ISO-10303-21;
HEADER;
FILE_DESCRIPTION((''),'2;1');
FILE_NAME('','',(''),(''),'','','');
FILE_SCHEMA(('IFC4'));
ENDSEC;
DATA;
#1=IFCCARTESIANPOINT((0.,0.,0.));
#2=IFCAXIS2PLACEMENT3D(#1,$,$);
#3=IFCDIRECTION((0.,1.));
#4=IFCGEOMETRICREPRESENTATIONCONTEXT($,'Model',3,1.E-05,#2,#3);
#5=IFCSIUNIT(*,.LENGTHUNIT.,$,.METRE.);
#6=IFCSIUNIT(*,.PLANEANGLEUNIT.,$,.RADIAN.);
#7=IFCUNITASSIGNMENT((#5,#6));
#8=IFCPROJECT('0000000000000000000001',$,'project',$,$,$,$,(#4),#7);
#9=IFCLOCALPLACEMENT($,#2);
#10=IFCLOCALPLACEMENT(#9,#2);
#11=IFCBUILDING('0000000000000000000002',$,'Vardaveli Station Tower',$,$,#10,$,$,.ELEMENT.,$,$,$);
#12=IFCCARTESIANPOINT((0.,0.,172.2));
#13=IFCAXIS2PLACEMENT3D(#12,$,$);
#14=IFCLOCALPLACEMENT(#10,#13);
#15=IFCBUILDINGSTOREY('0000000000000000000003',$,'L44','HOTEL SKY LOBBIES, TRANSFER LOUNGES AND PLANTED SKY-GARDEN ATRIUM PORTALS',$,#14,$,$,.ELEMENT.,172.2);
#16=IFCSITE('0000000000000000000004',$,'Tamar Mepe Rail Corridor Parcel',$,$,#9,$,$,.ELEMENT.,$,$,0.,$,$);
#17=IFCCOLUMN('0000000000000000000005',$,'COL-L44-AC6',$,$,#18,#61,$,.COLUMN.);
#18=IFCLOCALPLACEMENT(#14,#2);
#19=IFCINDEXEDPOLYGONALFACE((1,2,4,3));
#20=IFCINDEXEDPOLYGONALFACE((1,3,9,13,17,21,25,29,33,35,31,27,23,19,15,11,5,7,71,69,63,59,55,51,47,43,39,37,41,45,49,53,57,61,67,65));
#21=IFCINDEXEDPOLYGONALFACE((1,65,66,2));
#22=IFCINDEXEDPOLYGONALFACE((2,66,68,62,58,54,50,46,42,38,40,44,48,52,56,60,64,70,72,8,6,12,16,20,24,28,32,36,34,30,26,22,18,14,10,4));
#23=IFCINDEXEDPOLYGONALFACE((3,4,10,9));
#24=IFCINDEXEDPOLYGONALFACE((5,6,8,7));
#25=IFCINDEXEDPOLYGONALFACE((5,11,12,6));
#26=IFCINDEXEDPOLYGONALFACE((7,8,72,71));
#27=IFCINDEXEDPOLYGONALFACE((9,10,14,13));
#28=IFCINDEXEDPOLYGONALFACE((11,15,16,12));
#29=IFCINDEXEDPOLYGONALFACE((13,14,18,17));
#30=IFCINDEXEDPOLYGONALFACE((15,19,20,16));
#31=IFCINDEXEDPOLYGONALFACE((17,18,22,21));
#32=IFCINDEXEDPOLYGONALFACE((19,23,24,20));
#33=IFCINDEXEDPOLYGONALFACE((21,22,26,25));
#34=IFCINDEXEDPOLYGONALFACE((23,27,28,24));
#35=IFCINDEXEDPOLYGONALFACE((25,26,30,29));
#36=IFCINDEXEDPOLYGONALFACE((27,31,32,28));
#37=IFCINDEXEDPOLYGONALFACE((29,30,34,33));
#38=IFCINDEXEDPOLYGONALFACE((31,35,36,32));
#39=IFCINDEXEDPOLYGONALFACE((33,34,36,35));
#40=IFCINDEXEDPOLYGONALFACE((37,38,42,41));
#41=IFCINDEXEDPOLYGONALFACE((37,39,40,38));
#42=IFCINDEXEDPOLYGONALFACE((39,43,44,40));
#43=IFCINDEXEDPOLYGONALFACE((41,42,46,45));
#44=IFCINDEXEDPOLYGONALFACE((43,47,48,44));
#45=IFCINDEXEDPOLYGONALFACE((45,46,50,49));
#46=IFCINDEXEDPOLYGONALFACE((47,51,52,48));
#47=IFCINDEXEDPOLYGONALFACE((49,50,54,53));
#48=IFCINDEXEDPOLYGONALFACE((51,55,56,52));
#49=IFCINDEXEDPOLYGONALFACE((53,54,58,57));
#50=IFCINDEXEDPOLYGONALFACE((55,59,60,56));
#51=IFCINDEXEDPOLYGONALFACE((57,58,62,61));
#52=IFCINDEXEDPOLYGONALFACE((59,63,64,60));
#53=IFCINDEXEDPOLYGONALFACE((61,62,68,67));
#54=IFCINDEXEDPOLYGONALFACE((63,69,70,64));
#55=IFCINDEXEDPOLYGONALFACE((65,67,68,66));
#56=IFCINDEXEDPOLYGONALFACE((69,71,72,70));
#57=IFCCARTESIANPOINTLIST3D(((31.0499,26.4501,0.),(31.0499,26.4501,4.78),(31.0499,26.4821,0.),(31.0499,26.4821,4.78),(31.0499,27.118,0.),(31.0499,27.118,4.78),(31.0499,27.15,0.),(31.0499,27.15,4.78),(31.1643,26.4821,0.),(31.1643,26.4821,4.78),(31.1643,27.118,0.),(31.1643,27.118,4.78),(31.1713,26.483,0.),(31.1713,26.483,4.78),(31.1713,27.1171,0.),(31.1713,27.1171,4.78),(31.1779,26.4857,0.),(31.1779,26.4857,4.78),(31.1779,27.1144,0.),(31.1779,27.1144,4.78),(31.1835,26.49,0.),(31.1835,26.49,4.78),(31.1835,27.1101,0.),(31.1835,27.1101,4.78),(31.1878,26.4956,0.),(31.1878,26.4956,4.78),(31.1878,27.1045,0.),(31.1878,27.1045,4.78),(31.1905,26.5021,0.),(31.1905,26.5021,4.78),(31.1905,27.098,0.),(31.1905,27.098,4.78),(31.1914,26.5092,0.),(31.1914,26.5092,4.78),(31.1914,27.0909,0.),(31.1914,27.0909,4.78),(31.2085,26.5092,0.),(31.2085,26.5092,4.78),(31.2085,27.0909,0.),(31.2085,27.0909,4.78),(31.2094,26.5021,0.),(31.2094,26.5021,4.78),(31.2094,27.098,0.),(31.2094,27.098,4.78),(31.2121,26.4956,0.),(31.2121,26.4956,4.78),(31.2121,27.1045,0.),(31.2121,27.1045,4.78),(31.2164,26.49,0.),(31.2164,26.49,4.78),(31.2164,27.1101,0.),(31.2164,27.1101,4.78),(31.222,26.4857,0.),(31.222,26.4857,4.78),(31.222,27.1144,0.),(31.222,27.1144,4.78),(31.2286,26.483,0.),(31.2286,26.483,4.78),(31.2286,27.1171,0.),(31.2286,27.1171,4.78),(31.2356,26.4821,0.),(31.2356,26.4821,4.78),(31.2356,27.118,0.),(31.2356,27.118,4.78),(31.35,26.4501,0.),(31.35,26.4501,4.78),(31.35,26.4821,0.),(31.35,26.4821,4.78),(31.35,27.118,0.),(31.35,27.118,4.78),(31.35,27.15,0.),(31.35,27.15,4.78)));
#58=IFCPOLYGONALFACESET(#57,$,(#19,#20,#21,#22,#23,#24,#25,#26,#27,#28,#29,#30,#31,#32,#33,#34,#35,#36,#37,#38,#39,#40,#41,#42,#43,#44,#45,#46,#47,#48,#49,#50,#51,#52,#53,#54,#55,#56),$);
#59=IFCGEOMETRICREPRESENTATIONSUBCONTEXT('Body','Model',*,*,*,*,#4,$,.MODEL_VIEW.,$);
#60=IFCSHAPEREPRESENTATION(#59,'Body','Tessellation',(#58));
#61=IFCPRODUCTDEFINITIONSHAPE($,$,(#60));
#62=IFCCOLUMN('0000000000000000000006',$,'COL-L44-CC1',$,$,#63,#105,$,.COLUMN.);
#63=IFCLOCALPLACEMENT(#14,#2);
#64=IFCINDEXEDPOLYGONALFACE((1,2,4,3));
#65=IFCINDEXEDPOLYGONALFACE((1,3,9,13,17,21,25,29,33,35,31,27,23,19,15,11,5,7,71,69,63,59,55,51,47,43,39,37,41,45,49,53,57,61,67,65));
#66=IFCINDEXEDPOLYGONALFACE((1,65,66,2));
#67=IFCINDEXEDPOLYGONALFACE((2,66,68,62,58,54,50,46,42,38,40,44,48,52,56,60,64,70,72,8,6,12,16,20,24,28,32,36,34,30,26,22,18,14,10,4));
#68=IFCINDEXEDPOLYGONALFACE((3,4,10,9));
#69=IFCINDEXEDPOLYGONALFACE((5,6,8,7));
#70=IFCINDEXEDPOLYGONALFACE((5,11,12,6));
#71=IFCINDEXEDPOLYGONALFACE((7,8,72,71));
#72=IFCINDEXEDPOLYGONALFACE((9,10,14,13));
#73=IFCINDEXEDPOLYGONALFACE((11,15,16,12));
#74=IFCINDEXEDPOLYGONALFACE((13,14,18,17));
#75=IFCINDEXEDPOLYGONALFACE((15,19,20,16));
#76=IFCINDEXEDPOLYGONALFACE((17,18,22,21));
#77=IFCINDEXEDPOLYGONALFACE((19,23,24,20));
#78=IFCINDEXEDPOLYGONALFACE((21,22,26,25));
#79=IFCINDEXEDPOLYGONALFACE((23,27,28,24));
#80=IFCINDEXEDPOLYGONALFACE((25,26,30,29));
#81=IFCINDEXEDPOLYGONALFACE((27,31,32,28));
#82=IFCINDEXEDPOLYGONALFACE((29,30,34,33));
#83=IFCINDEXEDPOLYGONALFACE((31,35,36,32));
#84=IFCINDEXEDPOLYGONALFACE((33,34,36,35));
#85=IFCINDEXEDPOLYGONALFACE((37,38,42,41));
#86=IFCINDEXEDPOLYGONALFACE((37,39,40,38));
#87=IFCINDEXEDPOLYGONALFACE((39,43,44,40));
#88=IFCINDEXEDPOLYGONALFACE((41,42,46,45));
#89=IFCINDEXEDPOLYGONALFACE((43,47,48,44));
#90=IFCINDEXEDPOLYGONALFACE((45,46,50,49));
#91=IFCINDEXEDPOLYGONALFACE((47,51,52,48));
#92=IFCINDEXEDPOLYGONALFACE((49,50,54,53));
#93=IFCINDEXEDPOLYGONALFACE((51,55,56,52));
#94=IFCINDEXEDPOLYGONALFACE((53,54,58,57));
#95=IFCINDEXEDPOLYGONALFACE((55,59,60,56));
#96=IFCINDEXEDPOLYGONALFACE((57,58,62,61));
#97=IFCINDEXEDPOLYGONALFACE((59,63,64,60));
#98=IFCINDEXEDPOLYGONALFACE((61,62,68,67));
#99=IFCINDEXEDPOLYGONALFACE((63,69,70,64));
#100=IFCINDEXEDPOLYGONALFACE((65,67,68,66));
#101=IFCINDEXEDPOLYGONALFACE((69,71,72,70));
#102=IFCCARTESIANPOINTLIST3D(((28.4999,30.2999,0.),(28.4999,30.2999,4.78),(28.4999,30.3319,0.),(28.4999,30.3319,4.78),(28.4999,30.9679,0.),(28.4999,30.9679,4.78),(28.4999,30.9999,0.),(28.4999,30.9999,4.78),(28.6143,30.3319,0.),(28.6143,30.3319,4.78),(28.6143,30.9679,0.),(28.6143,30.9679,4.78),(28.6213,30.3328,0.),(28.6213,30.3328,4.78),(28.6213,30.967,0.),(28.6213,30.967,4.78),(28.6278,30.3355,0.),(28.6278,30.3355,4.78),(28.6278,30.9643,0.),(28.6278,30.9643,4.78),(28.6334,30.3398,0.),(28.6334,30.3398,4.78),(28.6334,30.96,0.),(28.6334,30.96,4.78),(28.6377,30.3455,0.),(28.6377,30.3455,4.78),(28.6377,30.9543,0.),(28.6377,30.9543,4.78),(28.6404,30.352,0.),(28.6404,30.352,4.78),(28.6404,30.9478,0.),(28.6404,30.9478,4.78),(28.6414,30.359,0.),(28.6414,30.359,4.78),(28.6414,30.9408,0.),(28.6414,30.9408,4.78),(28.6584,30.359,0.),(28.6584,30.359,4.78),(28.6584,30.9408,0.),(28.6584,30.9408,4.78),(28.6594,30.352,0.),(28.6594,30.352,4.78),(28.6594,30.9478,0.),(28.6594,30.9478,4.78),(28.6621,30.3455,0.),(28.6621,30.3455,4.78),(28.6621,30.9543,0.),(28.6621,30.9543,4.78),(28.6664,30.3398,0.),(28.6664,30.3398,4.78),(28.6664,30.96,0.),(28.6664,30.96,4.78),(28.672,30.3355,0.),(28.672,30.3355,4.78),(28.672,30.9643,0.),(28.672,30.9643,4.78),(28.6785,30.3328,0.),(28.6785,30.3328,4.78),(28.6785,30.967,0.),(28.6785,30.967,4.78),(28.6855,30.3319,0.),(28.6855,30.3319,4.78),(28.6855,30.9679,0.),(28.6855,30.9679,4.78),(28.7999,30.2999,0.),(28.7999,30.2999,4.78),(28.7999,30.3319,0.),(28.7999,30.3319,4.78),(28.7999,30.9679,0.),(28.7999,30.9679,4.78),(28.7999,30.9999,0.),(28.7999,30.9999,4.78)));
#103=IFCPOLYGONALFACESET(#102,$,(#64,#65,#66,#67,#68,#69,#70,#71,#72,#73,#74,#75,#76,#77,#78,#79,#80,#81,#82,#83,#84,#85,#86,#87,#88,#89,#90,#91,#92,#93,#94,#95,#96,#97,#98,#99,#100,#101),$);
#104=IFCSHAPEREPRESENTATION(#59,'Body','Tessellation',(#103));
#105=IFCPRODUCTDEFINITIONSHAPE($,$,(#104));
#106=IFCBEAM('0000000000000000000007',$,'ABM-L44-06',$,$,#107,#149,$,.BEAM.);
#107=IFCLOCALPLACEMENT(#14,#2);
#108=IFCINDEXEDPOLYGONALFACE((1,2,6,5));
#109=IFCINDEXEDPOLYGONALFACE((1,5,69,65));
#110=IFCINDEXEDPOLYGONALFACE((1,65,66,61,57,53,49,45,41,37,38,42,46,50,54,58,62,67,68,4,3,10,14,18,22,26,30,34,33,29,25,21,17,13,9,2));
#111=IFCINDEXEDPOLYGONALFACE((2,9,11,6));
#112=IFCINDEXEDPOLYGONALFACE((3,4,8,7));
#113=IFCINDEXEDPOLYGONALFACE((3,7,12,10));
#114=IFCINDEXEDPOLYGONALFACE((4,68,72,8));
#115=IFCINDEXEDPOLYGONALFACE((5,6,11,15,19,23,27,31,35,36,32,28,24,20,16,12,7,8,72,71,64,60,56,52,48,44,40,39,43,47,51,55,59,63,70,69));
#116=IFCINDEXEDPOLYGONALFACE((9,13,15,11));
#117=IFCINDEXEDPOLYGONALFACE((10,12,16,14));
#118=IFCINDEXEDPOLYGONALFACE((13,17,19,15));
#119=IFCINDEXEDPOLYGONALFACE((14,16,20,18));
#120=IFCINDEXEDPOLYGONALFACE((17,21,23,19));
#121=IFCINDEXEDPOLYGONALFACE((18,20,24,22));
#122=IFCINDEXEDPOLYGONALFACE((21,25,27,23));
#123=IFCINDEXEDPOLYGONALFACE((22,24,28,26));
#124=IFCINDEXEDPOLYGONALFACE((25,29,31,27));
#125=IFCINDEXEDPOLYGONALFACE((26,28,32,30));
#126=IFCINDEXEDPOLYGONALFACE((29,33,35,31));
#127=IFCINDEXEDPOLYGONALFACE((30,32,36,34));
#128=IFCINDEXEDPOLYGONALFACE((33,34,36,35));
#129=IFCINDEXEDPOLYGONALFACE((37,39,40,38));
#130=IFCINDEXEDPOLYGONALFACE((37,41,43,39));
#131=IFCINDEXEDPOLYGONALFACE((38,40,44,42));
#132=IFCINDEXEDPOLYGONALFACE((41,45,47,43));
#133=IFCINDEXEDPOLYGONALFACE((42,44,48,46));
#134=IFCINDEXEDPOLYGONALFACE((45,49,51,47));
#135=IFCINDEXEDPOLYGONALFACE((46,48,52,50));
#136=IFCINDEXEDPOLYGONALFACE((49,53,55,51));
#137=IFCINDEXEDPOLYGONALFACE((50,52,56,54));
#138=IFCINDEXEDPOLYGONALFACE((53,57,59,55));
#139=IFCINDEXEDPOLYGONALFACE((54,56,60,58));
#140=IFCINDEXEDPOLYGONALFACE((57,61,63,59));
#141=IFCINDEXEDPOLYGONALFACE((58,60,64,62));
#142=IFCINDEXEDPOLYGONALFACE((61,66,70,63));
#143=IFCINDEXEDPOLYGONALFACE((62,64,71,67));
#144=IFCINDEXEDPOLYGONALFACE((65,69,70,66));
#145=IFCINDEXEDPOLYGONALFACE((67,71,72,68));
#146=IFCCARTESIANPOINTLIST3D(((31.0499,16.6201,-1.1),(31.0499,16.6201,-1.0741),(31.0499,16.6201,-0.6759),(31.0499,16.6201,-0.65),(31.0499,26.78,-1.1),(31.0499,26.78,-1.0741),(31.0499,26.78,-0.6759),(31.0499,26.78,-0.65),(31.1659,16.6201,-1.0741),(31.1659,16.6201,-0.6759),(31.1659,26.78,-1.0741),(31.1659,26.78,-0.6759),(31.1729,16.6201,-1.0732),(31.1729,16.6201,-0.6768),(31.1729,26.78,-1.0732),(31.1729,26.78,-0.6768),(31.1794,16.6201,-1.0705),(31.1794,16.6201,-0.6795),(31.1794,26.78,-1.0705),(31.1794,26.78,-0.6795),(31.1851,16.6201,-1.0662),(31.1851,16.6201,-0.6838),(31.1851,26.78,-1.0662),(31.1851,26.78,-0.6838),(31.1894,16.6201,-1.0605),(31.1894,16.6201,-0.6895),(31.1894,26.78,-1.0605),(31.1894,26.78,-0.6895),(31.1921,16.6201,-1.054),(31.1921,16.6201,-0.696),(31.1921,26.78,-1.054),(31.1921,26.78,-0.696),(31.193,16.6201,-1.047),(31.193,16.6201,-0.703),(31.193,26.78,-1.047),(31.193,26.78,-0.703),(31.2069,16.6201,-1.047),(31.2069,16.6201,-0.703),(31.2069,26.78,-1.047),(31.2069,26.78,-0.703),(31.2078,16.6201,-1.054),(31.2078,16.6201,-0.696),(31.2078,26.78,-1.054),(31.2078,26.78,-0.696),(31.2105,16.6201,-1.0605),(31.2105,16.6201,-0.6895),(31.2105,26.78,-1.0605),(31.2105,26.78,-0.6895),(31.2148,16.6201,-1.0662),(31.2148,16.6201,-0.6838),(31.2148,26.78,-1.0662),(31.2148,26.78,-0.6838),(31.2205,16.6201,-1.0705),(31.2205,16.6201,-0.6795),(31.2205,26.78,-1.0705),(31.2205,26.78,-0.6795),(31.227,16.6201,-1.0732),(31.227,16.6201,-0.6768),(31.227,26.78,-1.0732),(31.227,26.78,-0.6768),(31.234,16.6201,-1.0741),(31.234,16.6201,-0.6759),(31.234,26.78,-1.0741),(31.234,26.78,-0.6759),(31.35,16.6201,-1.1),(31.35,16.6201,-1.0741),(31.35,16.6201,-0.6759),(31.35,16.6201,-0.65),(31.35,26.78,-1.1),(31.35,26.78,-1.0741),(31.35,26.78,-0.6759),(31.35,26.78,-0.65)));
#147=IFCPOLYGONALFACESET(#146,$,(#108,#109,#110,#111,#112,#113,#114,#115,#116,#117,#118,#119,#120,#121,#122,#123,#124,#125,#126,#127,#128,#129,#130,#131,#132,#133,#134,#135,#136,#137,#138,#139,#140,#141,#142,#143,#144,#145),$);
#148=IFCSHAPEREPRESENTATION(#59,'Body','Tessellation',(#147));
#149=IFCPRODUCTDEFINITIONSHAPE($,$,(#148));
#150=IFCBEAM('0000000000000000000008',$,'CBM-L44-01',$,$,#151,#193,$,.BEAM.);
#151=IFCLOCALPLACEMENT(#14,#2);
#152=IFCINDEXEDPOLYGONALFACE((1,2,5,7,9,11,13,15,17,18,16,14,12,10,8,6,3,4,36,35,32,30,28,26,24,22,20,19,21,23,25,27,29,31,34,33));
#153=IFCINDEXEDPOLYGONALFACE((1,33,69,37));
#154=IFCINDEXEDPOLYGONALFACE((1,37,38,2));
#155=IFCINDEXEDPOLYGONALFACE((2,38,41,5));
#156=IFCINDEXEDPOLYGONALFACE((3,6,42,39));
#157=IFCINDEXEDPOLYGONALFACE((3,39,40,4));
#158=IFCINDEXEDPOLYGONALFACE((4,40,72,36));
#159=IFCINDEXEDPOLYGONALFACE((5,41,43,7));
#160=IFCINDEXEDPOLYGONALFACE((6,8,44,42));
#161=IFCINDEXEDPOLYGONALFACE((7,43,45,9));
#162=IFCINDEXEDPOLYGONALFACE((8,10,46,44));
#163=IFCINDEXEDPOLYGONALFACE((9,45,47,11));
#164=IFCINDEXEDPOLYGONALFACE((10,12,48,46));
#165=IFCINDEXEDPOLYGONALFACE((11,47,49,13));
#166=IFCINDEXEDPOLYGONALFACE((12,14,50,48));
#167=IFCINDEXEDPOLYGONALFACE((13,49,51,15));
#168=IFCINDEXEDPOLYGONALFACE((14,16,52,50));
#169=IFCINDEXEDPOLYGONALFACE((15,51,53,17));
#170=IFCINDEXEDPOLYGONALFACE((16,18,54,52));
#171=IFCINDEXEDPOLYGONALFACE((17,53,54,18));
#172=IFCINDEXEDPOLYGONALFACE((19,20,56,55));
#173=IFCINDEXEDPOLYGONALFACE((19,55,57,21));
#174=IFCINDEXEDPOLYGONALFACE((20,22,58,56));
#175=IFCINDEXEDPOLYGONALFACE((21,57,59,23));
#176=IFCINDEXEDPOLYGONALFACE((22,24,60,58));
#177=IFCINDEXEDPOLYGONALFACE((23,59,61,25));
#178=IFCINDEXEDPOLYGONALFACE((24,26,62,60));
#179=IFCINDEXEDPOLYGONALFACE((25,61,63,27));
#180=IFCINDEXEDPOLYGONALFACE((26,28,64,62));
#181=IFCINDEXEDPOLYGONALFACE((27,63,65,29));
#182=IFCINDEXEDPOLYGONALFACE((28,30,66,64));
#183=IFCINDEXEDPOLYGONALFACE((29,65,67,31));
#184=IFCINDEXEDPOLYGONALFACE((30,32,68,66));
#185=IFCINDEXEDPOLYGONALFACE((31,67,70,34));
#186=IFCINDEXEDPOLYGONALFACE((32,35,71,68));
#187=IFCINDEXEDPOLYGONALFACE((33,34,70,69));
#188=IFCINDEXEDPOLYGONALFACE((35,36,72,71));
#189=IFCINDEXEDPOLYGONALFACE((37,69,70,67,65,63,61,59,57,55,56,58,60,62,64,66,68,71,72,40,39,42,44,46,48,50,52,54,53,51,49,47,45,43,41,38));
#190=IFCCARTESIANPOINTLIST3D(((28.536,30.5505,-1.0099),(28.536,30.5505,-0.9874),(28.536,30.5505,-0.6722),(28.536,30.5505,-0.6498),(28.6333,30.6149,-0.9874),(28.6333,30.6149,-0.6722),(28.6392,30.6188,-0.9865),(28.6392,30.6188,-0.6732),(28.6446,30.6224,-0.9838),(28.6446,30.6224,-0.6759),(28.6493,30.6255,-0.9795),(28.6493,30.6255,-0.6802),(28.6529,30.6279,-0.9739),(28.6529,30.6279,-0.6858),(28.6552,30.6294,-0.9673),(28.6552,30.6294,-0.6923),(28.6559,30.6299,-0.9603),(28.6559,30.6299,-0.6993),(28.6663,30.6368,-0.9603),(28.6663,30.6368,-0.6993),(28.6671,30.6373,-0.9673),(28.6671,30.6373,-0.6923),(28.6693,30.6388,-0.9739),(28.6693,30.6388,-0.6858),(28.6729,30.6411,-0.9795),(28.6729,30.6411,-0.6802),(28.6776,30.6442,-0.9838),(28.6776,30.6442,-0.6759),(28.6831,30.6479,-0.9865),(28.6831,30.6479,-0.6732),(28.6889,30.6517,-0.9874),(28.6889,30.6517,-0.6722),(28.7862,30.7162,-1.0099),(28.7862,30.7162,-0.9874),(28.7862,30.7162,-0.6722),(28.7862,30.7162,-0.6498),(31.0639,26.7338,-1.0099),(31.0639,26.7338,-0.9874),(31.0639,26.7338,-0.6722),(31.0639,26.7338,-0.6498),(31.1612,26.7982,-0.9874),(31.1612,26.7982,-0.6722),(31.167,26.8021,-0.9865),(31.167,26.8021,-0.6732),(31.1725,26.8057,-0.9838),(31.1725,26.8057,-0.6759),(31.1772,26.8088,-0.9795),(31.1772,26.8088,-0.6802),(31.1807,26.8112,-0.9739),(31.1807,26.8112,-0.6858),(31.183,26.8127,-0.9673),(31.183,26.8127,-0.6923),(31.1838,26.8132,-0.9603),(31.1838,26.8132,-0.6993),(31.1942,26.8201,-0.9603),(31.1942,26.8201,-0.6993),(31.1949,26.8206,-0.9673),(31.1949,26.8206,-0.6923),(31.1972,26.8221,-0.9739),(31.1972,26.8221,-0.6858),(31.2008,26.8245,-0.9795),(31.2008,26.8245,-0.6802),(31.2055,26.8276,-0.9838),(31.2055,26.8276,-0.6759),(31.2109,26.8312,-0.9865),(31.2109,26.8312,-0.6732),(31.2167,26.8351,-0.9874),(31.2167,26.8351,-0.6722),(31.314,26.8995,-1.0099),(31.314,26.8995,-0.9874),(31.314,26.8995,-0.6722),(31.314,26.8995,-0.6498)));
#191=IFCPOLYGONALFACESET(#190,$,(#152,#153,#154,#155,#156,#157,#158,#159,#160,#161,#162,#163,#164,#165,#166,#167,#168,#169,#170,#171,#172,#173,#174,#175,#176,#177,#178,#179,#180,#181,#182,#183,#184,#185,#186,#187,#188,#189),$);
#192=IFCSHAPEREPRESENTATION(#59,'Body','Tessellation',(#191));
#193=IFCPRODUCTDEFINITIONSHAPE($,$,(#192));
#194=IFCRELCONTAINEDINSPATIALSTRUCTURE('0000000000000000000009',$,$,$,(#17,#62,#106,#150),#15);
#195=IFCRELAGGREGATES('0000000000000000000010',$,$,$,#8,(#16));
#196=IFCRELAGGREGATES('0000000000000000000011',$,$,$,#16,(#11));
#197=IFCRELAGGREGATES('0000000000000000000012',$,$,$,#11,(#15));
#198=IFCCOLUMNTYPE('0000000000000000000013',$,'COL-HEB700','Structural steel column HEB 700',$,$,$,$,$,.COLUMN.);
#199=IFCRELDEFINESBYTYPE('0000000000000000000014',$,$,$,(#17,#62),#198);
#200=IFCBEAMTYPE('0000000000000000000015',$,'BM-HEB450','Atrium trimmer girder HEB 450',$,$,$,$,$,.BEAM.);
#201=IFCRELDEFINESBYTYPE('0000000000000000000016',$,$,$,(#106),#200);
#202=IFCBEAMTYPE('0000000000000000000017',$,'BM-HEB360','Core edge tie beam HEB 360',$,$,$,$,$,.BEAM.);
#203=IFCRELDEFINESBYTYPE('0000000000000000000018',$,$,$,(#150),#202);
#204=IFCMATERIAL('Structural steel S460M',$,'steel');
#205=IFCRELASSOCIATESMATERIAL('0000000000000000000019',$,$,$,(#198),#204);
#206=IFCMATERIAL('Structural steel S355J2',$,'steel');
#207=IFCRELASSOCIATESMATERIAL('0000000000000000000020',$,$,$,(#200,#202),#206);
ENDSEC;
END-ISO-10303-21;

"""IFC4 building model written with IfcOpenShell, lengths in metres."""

from ifc_helpers import new_model, si_unit, direction, frame, origin, origin_2d, place, context, subcontext, project, spatial, i_section, extrude, source, transform, mapped, material, material_profile, profile_set, type_object, element, save


model = new_model("IFC4")

# Units and contexts
model_context = context("Model", 3, precision=1e-05, world=origin(), true_north=direction((0.0, 1.0)))
body_context = subcontext(model_context, "Body", "Model", "MODEL_VIEW")
ifc_project = project(units=[si_unit("LENGTHUNIT", "METRE"), si_unit("PLANEANGLEUNIT", "RADIAN")], contexts=[model_context])

# Site, building, storey
site_placement = place(None, origin())
site = spatial("IfcSite", under=ifc_project, at=site_placement, Name="Tamar Mepe Rail Corridor Parcel", CompositionType="ELEMENT", RefElevation=0.0)
building_placement = place(site_placement, origin())
building = spatial("IfcBuilding", under=site, at=building_placement, Name="Vardaveli Station Tower", CompositionType="ELEMENT")
storey_placement = place(building_placement, frame((0.0, 0.0, 172.2)))
storey = spatial("IfcBuildingStorey", under=building, at=storey_placement, Name="L44", Description="HOTEL SKY LOBBIES, TRANSFER LOUNGES AND PLANTED SKY-GARDEN ATRIUM PORTALS", CompositionType="ELEMENT", Elevation=172.2)

# Columns
ifc_material_1 = material(Name="Structural steel S460M", Category="steel")
ifc_material_profile_1 = material_profile(ifc_material_1, i_section(OverallWidth=0.3, OverallDepth=0.7, WebThickness=0.0171, FlangeThickness=0.032, FilletRadius=0.0271, at=origin_2d()), Name="HEB 700")
ifc_profile_set_1 = profile_set([ifc_material_profile_1], Name="Structural steel S460M")
column_type = type_object("IfcColumnType", Name="COL-HEB700", Description="Structural steel column HEB 700", PredefinedType="COLUMN", material=ifc_profile_set_1)
shared_shape_1 = source(origin(), body_context, "Body", "SweptSolid", [
    extrude(i_section(OverallWidth=0.3, OverallDepth=0.7, WebThickness=0.0171, FlangeThickness=0.032, FilletRadius=0.0271, at=origin_2d()), origin(), (0.0, 0.0, 1.0), 4.78),
])
for number, where, z_axis, x_axis, name in (
    (1, (31.2, 26.8, 0.0), (0.0, 0.0, 1.0), (1.0, 0.0, 0.0), "COL-L44-AC6"),
    (2, (28.6499, 30.6499, 0.0), (0.0, 0.0, 1.0), (1.0, 0.0, 0.0), "COL-L44-CC1"),
):
    element("IfcColumn", number, at=place(storey_placement, frame(where, z_axis=z_axis, x_axis=x_axis)), inside=storey, type_object=column_type, Name=name, PredefinedType="COLUMN", context=body_context, shape_type="MappedRepresentation", body=[
        mapped(shared_shape_1, transform((0.0, 0.0, 0.0), scale=1.0)),
    ])

# Beams
ifc_material_2 = material(Name="Structural steel S355J2", Category="steel")
ifc_material_profile_2 = material_profile(ifc_material_2, i_section(OverallWidth=0.3, OverallDepth=0.45, WebThickness=0.0139, FlangeThickness=0.0259, FilletRadius=0.0271, at=origin_2d()), Name="HEB 450")
ifc_profile_set_2 = profile_set([ifc_material_profile_2], Name="Structural steel S355J2")
beam_type_1 = type_object("IfcBeamType", Name="BM-HEB450", Description="Atrium trimmer girder HEB 450", PredefinedType="BEAM", material=ifc_profile_set_2)
shared_shape_2 = source(origin(), body_context, "Body", "SweptSolid", [
    extrude(i_section(OverallWidth=0.3, OverallDepth=0.45, WebThickness=0.0139, FlangeThickness=0.0259, FilletRadius=0.0271, at=origin_2d()), origin(), (0.0, 0.0, 1.0), 10.1599),
])
beam_1_placement = place(storey_placement, frame((31.2, 26.78, -0.875), z_axis=(0.0, -1.0, 0.0), x_axis=(1.0, 0.0, 0.0)))
element("IfcBeam", 3, at=beam_1_placement, inside=storey, type_object=beam_type_1, Name="ABM-L44-06", PredefinedType="BEAM", context=body_context, shape_type="MappedRepresentation", body=[
    mapped(shared_shape_2, transform((0.0, 0.0, 0.0), scale=1.0)),
])
ifc_material_profile_3 = material_profile(ifc_material_2, i_section(OverallWidth=0.3, OverallDepth=0.3601, WebThickness=0.0125, FlangeThickness=0.0225, FilletRadius=0.0271, at=origin_2d()), Name="HEB 360")
ifc_profile_set_3 = profile_set([ifc_material_profile_3], Name="Structural steel S355J2")
beam_type_2 = type_object("IfcBeamType", Name="BM-HEB360", Description="Core edge tie beam HEB 360", PredefinedType="BEAM", material=ifc_profile_set_3)
shared_shape_3 = source(origin(), body_context, "Body", "SweptSolid", [
    extrude(i_section(OverallWidth=0.3, OverallDepth=0.3601, WebThickness=0.0125, FlangeThickness=0.0225, FilletRadius=0.0271, at=origin_2d()), origin(), (0.0, 0.0, 1.0), 4.5779),
])
beam_2_placement = place(storey_placement, frame((31.189, 26.8167, -0.8298), z_axis=(-0.552187, 0.83372, 0.0), x_axis=(-0.83372, -0.552187, 0.0)))
element("IfcBeam", 4, at=beam_2_placement, inside=storey, type_object=beam_type_2, Name="CBM-L44-01", PredefinedType="BEAM", context=body_context, shape_type="MappedRepresentation", body=[
    mapped(shared_shape_3, transform((0.0, 0.0, 0.0), scale=1.0)),
])

save(model, "model.ifc")
